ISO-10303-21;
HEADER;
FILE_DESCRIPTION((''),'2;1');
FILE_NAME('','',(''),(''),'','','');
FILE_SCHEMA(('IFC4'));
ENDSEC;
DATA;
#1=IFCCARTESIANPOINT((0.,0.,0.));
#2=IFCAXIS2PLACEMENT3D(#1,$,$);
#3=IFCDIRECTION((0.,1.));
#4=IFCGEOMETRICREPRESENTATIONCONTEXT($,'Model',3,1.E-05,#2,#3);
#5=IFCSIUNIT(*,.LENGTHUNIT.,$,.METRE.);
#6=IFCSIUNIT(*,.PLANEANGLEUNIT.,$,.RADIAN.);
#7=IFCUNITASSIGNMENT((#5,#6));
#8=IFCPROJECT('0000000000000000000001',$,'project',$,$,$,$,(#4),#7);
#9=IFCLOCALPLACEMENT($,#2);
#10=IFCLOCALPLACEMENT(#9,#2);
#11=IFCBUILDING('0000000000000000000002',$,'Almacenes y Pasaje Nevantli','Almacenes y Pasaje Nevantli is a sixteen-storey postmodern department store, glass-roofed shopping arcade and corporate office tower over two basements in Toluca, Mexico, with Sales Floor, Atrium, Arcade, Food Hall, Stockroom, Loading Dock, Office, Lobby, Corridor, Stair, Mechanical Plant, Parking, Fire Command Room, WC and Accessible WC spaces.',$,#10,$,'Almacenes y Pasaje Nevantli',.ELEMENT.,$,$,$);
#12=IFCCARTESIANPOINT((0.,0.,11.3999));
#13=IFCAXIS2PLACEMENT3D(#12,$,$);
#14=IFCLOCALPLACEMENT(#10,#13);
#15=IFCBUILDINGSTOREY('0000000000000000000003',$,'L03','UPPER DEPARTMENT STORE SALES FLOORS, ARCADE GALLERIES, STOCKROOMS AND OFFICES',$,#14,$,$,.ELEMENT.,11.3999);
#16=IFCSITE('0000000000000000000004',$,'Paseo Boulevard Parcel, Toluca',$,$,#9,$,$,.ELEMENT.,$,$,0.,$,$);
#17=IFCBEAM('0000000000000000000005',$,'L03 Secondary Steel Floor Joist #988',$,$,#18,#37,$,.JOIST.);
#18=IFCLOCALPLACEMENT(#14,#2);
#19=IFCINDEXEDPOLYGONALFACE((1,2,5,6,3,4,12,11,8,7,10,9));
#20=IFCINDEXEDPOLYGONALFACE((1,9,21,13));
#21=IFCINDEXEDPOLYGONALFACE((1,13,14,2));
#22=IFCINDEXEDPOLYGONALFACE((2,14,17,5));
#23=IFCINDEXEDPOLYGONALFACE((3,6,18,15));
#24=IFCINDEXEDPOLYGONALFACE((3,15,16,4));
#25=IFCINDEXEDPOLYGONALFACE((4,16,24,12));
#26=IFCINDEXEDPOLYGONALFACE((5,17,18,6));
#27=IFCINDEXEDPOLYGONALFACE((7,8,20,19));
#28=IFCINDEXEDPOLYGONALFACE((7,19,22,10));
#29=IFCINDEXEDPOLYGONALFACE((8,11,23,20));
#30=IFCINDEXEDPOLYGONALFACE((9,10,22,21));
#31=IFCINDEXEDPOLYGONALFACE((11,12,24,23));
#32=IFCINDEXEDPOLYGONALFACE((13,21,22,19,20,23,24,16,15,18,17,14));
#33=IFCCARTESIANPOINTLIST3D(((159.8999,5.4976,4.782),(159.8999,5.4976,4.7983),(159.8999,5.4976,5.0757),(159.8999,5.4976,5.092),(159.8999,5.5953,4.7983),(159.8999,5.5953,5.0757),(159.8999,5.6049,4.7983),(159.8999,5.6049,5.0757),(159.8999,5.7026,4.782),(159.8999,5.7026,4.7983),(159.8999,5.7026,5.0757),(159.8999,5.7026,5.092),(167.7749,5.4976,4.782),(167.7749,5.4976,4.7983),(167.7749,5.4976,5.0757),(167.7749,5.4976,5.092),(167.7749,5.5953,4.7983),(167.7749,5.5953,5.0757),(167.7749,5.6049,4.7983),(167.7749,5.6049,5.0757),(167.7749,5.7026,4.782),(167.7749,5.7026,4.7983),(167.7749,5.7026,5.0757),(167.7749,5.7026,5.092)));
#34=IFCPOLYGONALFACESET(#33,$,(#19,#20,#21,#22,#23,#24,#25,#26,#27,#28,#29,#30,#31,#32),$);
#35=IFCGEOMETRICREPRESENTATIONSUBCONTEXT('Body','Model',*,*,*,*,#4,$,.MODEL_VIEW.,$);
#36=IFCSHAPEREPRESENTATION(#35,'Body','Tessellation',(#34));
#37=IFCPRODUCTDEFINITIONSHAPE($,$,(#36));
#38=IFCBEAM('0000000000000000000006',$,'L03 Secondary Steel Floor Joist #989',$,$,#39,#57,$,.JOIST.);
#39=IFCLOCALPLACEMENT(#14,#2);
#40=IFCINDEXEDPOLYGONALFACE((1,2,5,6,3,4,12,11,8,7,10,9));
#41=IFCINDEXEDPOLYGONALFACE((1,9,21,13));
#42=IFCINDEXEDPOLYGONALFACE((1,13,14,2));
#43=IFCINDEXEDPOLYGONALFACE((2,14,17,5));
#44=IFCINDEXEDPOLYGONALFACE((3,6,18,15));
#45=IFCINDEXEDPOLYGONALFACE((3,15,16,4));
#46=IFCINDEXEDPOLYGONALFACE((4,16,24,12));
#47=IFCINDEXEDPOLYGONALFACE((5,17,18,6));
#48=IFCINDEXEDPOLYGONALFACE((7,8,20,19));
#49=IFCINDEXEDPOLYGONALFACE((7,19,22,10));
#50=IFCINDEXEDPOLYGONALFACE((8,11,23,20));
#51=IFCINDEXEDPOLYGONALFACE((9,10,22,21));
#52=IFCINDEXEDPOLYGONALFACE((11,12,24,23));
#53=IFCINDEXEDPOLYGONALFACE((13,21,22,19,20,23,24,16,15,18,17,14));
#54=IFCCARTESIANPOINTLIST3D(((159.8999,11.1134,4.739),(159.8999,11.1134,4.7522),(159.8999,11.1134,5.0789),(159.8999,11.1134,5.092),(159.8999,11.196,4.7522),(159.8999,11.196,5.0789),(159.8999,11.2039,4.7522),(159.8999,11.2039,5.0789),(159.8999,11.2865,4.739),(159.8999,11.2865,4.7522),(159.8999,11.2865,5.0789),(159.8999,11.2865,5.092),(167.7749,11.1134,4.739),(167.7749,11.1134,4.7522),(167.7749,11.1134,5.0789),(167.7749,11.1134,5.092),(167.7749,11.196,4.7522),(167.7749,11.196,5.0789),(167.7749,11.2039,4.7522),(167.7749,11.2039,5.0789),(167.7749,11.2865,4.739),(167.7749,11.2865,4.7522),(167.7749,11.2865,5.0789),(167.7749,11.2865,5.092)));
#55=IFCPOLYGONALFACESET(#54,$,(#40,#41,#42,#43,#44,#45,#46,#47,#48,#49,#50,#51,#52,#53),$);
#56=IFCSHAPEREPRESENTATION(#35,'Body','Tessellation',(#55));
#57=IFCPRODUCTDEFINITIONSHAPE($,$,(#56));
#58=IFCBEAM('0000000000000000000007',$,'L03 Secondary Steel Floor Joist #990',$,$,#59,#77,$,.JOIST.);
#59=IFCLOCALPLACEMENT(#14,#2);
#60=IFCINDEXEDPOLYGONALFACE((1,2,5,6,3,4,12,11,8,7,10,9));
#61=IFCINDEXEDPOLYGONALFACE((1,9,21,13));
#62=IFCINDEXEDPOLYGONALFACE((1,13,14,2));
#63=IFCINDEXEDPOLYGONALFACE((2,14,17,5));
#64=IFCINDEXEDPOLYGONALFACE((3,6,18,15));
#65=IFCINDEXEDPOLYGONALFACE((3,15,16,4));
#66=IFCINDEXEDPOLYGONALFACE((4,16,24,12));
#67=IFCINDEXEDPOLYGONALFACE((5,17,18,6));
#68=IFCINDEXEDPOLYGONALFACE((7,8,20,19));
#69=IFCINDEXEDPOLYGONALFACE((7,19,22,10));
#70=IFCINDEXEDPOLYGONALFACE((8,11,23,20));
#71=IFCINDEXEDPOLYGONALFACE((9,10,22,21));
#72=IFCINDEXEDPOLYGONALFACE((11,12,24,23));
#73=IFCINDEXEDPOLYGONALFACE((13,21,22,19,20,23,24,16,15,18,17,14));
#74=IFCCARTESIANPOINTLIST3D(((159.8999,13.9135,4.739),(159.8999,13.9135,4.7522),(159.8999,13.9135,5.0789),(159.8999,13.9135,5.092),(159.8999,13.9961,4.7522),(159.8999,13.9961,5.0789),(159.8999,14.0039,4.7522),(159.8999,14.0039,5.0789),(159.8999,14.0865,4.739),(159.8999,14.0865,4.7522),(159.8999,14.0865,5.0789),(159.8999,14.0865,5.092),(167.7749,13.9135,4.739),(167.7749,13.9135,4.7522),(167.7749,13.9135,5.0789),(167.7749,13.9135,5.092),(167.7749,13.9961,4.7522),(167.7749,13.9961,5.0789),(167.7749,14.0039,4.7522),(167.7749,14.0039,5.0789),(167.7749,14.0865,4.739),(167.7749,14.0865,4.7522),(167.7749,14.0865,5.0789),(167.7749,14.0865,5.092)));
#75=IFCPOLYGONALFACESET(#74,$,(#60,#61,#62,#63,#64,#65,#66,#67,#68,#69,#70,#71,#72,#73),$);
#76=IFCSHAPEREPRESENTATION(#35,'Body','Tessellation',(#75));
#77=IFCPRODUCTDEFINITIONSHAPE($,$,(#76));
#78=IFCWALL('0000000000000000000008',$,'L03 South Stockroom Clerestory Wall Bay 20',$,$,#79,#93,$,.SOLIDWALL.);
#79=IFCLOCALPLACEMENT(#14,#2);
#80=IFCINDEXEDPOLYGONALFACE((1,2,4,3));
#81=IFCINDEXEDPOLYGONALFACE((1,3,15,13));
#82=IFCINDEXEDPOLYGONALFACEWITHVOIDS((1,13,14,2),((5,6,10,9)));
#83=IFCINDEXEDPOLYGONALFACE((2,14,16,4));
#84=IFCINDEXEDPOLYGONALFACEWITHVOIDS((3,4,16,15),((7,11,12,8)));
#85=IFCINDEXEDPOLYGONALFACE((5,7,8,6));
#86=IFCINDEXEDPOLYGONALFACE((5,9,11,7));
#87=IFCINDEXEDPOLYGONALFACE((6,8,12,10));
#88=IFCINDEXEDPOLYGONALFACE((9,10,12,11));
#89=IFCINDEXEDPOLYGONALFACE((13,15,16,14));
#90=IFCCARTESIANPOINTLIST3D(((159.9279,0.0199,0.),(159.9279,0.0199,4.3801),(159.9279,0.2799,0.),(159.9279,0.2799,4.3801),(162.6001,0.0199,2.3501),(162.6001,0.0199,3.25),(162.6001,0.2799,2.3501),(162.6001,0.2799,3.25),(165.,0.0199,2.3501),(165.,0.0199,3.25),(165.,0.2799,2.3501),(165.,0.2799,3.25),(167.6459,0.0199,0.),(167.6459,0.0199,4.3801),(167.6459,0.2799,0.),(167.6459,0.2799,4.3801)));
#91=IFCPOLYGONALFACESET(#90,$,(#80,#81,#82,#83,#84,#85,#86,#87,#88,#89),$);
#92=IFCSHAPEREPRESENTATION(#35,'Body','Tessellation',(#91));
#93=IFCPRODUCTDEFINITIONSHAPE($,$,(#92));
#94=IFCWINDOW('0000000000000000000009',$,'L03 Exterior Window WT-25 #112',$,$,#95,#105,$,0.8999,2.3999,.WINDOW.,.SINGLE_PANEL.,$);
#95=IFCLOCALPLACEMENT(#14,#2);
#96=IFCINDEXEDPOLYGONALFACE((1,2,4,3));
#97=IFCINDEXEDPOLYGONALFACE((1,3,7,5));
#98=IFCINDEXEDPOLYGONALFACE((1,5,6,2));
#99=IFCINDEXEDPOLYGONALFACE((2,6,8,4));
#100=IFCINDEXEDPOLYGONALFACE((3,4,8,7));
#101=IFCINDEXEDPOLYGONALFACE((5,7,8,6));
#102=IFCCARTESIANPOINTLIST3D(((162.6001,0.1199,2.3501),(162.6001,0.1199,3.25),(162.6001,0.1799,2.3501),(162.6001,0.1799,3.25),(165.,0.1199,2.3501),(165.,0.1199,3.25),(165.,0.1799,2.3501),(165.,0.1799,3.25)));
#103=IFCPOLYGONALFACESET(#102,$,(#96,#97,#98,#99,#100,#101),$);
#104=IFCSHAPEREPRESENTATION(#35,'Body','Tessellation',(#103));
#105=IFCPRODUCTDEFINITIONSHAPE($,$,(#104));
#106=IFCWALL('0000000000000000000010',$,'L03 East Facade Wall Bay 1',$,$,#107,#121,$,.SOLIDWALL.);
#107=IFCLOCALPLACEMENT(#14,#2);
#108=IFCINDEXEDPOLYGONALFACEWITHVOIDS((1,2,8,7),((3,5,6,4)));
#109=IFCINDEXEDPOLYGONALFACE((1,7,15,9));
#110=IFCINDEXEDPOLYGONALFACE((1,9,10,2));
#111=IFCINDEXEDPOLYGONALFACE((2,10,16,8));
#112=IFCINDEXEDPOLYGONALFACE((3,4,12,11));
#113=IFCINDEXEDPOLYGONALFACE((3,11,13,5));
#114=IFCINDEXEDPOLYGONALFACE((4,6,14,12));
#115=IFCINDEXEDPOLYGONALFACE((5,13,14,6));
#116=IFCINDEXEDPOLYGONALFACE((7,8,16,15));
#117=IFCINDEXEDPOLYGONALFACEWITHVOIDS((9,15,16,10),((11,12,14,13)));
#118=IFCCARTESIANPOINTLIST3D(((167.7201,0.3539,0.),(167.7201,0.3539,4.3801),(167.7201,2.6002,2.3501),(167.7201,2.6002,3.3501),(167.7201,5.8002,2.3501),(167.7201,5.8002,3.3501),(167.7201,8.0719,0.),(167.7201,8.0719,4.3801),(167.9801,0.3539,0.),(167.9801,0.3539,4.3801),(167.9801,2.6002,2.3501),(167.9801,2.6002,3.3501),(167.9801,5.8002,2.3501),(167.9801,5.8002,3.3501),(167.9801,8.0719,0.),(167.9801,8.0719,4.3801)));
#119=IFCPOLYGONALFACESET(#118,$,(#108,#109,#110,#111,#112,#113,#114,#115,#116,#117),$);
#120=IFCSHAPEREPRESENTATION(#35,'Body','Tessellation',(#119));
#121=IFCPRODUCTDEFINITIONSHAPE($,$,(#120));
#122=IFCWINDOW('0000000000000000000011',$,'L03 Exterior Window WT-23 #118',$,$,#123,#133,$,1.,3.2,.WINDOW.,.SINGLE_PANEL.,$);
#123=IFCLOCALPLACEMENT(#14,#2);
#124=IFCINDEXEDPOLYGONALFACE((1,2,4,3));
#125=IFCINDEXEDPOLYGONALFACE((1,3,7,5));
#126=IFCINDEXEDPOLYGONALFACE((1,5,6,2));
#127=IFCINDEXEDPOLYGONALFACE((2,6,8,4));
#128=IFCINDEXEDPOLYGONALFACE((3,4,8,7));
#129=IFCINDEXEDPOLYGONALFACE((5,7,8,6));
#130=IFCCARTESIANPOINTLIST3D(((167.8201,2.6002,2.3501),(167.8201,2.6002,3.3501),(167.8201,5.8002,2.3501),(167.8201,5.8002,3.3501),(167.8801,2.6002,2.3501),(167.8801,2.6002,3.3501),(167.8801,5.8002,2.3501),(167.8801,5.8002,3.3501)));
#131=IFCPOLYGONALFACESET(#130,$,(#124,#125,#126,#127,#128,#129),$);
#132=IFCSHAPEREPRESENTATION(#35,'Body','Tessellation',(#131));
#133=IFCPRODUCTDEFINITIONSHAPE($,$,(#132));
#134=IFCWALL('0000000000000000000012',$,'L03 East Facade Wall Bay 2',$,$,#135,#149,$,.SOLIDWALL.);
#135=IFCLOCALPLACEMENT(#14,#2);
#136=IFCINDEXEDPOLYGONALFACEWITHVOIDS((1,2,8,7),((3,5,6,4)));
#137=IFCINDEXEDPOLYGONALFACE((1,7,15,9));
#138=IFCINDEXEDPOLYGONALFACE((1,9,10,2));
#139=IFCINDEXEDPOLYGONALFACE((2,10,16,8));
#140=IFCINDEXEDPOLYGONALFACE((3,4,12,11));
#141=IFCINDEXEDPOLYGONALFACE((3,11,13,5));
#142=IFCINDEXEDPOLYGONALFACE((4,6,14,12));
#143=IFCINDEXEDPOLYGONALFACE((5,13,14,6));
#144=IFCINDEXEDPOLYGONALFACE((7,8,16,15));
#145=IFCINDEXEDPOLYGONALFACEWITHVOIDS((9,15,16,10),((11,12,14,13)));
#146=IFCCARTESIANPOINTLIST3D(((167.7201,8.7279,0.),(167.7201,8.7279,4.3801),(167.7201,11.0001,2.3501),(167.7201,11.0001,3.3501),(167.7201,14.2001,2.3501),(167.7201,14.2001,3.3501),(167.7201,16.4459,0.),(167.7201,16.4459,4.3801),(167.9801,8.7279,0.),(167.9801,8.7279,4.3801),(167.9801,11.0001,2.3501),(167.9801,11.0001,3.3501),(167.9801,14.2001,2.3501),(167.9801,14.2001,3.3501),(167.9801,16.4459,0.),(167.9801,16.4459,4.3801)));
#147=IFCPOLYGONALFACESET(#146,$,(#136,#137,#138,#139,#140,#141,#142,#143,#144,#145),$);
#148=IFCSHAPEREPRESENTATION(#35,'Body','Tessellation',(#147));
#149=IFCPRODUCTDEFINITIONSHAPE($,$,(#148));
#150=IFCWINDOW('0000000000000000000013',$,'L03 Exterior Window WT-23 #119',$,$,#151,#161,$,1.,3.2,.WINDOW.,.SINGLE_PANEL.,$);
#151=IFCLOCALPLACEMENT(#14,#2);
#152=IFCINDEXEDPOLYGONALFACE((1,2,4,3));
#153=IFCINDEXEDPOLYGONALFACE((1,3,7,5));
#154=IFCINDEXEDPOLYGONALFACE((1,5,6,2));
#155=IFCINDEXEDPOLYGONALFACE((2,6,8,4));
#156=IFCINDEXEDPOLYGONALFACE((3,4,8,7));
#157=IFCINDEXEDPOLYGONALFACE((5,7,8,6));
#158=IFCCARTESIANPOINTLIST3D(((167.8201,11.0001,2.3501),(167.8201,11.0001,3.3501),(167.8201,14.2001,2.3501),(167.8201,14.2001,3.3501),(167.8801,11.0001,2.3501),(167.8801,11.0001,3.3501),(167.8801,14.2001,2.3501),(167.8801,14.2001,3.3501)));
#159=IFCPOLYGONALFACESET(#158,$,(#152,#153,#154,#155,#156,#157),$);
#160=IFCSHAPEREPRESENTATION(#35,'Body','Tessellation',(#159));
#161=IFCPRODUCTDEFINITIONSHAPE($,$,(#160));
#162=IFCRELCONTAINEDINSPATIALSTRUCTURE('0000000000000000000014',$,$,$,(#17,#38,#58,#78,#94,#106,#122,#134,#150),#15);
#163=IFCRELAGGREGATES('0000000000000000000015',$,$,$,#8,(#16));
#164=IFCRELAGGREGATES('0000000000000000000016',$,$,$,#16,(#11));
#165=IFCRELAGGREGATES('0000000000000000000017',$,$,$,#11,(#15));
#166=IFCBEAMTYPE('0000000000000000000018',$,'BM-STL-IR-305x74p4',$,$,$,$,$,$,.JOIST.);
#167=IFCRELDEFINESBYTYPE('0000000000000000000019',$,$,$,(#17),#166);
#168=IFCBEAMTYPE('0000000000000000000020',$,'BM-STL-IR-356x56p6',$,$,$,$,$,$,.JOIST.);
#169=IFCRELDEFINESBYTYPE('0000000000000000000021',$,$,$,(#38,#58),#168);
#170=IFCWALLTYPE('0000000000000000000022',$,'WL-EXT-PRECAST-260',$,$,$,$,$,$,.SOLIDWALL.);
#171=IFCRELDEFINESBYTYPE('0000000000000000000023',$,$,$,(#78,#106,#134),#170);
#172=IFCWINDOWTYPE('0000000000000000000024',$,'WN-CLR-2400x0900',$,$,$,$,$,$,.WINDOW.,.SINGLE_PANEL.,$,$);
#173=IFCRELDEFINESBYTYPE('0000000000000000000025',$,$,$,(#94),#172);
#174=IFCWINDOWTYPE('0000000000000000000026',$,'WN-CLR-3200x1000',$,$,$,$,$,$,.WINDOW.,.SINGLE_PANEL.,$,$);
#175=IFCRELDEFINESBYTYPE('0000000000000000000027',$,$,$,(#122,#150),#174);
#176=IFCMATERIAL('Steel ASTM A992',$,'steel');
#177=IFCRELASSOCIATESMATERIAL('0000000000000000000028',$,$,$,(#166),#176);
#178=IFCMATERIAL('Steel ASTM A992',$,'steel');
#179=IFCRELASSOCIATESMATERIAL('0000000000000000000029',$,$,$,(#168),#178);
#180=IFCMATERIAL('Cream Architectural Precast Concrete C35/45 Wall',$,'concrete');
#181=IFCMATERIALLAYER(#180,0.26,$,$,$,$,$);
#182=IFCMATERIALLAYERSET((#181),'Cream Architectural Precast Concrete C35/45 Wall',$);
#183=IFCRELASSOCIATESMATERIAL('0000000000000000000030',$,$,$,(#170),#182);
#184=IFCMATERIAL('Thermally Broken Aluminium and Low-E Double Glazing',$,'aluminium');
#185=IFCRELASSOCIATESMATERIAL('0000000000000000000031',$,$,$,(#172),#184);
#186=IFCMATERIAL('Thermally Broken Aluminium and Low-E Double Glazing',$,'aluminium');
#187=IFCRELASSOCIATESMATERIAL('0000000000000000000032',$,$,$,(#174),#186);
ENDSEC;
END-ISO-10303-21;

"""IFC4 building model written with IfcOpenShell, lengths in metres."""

from ifc_helpers import new_model, si_unit, direction, frame, frame_2d, origin, origin_2d, place, context, subcontext, project, spatial, rectangle, i_section, extrude, material, layer, layer_set, material_profile, profile_set, type_object, element, fill, save


model = new_model("IFC4")

# Units and contexts
model_context = context("Model", 3, precision=1e-05, world=origin(), true_north=direction((0.0, 1.0)))
body_context = subcontext(model_context, "Body", "Model", "MODEL_VIEW")
ifc_project = project(units=[si_unit("LENGTHUNIT", "METRE"), si_unit("PLANEANGLEUNIT", "RADIAN")], contexts=[model_context])

# Site, building, storey
site_placement = place(None, origin())
site = spatial("IfcSite", under=ifc_project, at=site_placement, Name="Paseo Boulevard Parcel, Toluca", CompositionType="ELEMENT", RefElevation=0.0)
building_placement = place(site_placement, origin())
building = spatial("IfcBuilding", under=site, at=building_placement, Name="Almacenes y Pasaje Nevantli", Description="Almacenes y Pasaje Nevantli is a sixteen-storey postmodern department store, glass-roofed shopping arcade and corporate office tower over two basements in Toluca, Mexico, with Sales Floor, Atrium, Arcade, Food Hall, Stockroom, Loading Dock, Office, Lobby, Corridor, Stair, Mechanical Plant, Parking, Fire Command Room, WC and Accessible WC spaces.", LongName="Almacenes y Pasaje Nevantli", CompositionType="ELEMENT")
storey_placement = place(building_placement, frame((0.0, 0.0, 11.3999)))
storey = spatial("IfcBuildingStorey", under=building, at=storey_placement, Name="L03", Description="UPPER DEPARTMENT STORE SALES FLOORS, ARCADE GALLERIES, STOCKROOMS AND OFFICES", CompositionType="ELEMENT", Elevation=11.3999)

# Beams
ifc_material_1 = material(Name="Steel ASTM A992", Category="steel")
ifc_material_profile_1 = material_profile(ifc_material_1, i_section(OverallWidth=0.2051, OverallDepth=0.3101, WebThickness=0.0095, FlangeThickness=0.0164, at=origin_2d()), Name="IR 305x74.4")
ifc_profile_set_1 = profile_set([ifc_material_profile_1], Name="Steel ASTM A992")
beam_type_1 = type_object("IfcBeamType", Name="BM-STL-IR-305x74p4", PredefinedType="JOIST", material=ifc_profile_set_1)
for number, where, z_axis, x_axis, name in (
    (1, (159.8999, 5.6001, 4.937), (1.0, 0.0, 0.0), (0.0, 1.0, 0.0), "L03 Secondary Steel Floor Joist #988"),
):
    element("IfcBeam", number, at=place(storey_placement, frame(where, z_axis=z_axis, x_axis=x_axis)), inside=storey, type_object=beam_type_1, Name=name, PredefinedType="JOIST", context=body_context, shape_type="SweptSolid", body=[
        extrude(i_section(OverallWidth=0.2051, OverallDepth=0.3101, WebThickness=0.0095, FlangeThickness=0.0164, at=origin_2d()), origin(), (0.0, 0.0, 1.0), 7.875),
    ])
ifc_material_2 = material(Name="Steel ASTM A992", Category="steel")
ifc_material_profile_2 = material_profile(ifc_material_2, i_section(OverallWidth=0.1731, OverallDepth=0.353, WebThickness=0.0078, FlangeThickness=0.0132, at=origin_2d()), Name="IR 356x56.6")
ifc_profile_set_2 = profile_set([ifc_material_profile_2], Name="Steel ASTM A992")
beam_type_2 = type_object("IfcBeamType", Name="BM-STL-IR-356x56p6", PredefinedType="JOIST", material=ifc_profile_set_2)
for number, where, z_axis, x_axis, name in (
    (2, (159.8999, 11.2, 4.9155), (1.0, 0.0, 0.0), (0.0, 1.0, 0.0), "L03 Secondary Steel Floor Joist #989"),
    (3, (159.8999, 14.0, 4.9155), (1.0, 0.0, 0.0), (0.0, 1.0, 0.0), "L03 Secondary Steel Floor Joist #990"),
):
    element("IfcBeam", number, at=place(storey_placement, frame(where, z_axis=z_axis, x_axis=x_axis)), inside=storey, type_object=beam_type_2, Name=name, PredefinedType="JOIST", context=body_context, shape_type="SweptSolid", body=[
        extrude(i_section(OverallWidth=0.1731, OverallDepth=0.353, WebThickness=0.0078, FlangeThickness=0.0132, at=origin_2d()), origin(), (0.0, 0.0, 1.0), 7.875),
    ])

# Walls, openings, windows
ifc_material_3 = material(Name="Cream Architectural Precast Concrete C35/45 Wall", Category="concrete")
ifc_layer = layer(ifc_material_3, 0.26)
ifc_layer_set = layer_set([ifc_layer], Name="Cream Architectural Precast Concrete C35/45 Wall")
wall_type = type_object("IfcWallType", Name="WL-EXT-PRECAST-260", PredefinedType="SOLIDWALL", material=ifc_layer_set)
wall_1_placement = place(storey_placement, frame((159.928, 0.1499, 0.0), z_axis=(0.0, 0.0, 1.0), x_axis=(1.0, 0.0, 0.0)))
wall_1 = element("IfcWall", 4, at=wall_1_placement, inside=storey, type_object=wall_type, Name="L03 South Stockroom Clerestory Wall Bay 20", PredefinedType="SOLIDWALL", context=body_context, shape_type="SweptSolid", body=[
    extrude(rectangle(XDim=7.718, YDim=0.26, at=frame_2d((3.8589, 0.0))), origin(), (0.0, 0.0, 1.0), 4.3801),
])
opening_1_placement = place(wall_1_placement, frame((2.6721, 0.0, 2.3501)))
opening_1 = element("IfcOpeningElement", 5, at=opening_1_placement, cuts=wall_1, PredefinedType="OPENING", context=body_context, shape_type="SweptSolid", body=[
    extrude(rectangle(XDim=2.3999, YDim=0.8999, at=frame_2d((1.2, 0.45))), frame((0.0, 0.1399, 0.0), z_axis=(0.0, -1.0, 0.0), x_axis=(1.0, 0.0, 0.0)), (0.0, 0.0, 1.0), 0.28),
])
ifc_material_4 = material(Name="Thermally Broken Aluminium and Low-E Double Glazing", Category="aluminium")
window_type_1 = type_object("IfcWindowType", Name="WN-CLR-2400x0900", PartitioningType="SINGLE_PANEL", PredefinedType="WINDOW", material=ifc_material_4)
window_1_placement = place(opening_1_placement, origin())
window_1 = element("IfcWindow", 6, at=window_1_placement, inside=storey, type_object=window_type_1, Name="L03 Exterior Window WT-25 #112", OverallHeight=0.8999, OverallWidth=2.3999, PartitioningType="SINGLE_PANEL", PredefinedType="WINDOW", context=body_context, shape_type="SweptSolid", body=[
    extrude(rectangle(XDim=2.3999, YDim=0.8999, at=frame_2d((1.2, 0.45))), frame((0.0, 0.03, 0.0), z_axis=(0.0, -1.0, 0.0), x_axis=(1.0, 0.0, 0.0)), (0.0, 0.0, 1.0), 0.0601),
])
fill(opening_1, window_1)
wall_2_placement = place(storey_placement, frame((167.8501, 0.354, 0.0), z_axis=(0.0, 0.0, 1.0), x_axis=(0.0, 1.0, 0.0)))
wall_2 = element("IfcWall", 7, at=wall_2_placement, inside=storey, type_object=wall_type, Name="L03 East Facade Wall Bay 1", PredefinedType="SOLIDWALL", context=body_context, shape_type="SweptSolid", body=[
    extrude(rectangle(XDim=7.718, YDim=0.26, at=frame_2d((3.8589, 0.0))), origin(), (0.0, 0.0, 1.0), 4.3801),
])
opening_2_placement = place(wall_2_placement, frame((2.2461, 0.0, 2.3501)))
opening_2 = element("IfcOpeningElement", 8, at=opening_2_placement, cuts=wall_2, PredefinedType="OPENING", context=body_context, shape_type="SweptSolid", body=[
    extrude(rectangle(XDim=3.2, YDim=1.0, at=frame_2d((1.6001, 0.5))), frame((0.0, 0.1399, 0.0), z_axis=(0.0, -1.0, 0.0), x_axis=(1.0, 0.0, 0.0)), (0.0, 0.0, 1.0), 0.28),
])
ifc_material_5 = material(Name="Thermally Broken Aluminium and Low-E Double Glazing", Category="aluminium")
window_type_2 = type_object("IfcWindowType", Name="WN-CLR-3200x1000", PartitioningType="SINGLE_PANEL", PredefinedType="WINDOW", material=ifc_material_5)
window_2_placement = place(opening_2_placement, origin())
window_2 = element("IfcWindow", 9, at=window_2_placement, inside=storey, type_object=window_type_2, Name="L03 Exterior Window WT-23 #118", OverallHeight=1.0, OverallWidth=3.2, PartitioningType="SINGLE_PANEL", PredefinedType="WINDOW", context=body_context, shape_type="SweptSolid", body=[
    extrude(rectangle(XDim=3.2, YDim=1.0, at=frame_2d((1.6001, 0.5))), frame((0.0, 0.03, 0.0), z_axis=(0.0, -1.0, 0.0), x_axis=(1.0, 0.0, 0.0)), (0.0, 0.0, 1.0), 0.0601),
])
fill(opening_2, window_2)
wall_3_placement = place(storey_placement, frame((167.8501, 8.728, 0.0), z_axis=(0.0, 0.0, 1.0), x_axis=(0.0, 1.0, 0.0)))
wall_3 = element("IfcWall", 10, at=wall_3_placement, inside=storey, type_object=wall_type, Name="L03 East Facade Wall Bay 2", PredefinedType="SOLIDWALL", context=body_context, shape_type="SweptSolid", body=[
    extrude(rectangle(XDim=7.718, YDim=0.26, at=frame_2d((3.8589, 0.0))), origin(), (0.0, 0.0, 1.0), 4.3801),
])
opening_3_placement = place(wall_3_placement, frame((2.272, 0.0, 2.3501)))
opening_3 = element("IfcOpeningElement", 11, at=opening_3_placement, cuts=wall_3, PredefinedType="OPENING", context=body_context, shape_type="SweptSolid", body=[
    extrude(rectangle(XDim=3.2, YDim=1.0, at=frame_2d((1.6001, 0.5))), frame((0.0, 0.1399, 0.0), z_axis=(0.0, -1.0, 0.0), x_axis=(1.0, 0.0, 0.0)), (0.0, 0.0, 1.0), 0.28),
])
window_3_placement = place(opening_3_placement, origin())
window_3 = element("IfcWindow", 12, at=window_3_placement, inside=storey, type_object=window_type_2, Name="L03 Exterior Window WT-23 #119", OverallHeight=1.0, OverallWidth=3.2, PartitioningType="SINGLE_PANEL", PredefinedType="WINDOW", context=body_context, shape_type="SweptSolid", body=[
    extrude(rectangle(XDim=3.2, YDim=1.0, at=frame_2d((1.6001, 0.5))), frame((0.0, 0.03, 0.0), z_axis=(0.0, -1.0, 0.0), x_axis=(1.0, 0.0, 0.0)), (0.0, 0.0, 1.0), 0.0601),
])
fill(opening_3, window_3)

save(model, "model.ifc")
